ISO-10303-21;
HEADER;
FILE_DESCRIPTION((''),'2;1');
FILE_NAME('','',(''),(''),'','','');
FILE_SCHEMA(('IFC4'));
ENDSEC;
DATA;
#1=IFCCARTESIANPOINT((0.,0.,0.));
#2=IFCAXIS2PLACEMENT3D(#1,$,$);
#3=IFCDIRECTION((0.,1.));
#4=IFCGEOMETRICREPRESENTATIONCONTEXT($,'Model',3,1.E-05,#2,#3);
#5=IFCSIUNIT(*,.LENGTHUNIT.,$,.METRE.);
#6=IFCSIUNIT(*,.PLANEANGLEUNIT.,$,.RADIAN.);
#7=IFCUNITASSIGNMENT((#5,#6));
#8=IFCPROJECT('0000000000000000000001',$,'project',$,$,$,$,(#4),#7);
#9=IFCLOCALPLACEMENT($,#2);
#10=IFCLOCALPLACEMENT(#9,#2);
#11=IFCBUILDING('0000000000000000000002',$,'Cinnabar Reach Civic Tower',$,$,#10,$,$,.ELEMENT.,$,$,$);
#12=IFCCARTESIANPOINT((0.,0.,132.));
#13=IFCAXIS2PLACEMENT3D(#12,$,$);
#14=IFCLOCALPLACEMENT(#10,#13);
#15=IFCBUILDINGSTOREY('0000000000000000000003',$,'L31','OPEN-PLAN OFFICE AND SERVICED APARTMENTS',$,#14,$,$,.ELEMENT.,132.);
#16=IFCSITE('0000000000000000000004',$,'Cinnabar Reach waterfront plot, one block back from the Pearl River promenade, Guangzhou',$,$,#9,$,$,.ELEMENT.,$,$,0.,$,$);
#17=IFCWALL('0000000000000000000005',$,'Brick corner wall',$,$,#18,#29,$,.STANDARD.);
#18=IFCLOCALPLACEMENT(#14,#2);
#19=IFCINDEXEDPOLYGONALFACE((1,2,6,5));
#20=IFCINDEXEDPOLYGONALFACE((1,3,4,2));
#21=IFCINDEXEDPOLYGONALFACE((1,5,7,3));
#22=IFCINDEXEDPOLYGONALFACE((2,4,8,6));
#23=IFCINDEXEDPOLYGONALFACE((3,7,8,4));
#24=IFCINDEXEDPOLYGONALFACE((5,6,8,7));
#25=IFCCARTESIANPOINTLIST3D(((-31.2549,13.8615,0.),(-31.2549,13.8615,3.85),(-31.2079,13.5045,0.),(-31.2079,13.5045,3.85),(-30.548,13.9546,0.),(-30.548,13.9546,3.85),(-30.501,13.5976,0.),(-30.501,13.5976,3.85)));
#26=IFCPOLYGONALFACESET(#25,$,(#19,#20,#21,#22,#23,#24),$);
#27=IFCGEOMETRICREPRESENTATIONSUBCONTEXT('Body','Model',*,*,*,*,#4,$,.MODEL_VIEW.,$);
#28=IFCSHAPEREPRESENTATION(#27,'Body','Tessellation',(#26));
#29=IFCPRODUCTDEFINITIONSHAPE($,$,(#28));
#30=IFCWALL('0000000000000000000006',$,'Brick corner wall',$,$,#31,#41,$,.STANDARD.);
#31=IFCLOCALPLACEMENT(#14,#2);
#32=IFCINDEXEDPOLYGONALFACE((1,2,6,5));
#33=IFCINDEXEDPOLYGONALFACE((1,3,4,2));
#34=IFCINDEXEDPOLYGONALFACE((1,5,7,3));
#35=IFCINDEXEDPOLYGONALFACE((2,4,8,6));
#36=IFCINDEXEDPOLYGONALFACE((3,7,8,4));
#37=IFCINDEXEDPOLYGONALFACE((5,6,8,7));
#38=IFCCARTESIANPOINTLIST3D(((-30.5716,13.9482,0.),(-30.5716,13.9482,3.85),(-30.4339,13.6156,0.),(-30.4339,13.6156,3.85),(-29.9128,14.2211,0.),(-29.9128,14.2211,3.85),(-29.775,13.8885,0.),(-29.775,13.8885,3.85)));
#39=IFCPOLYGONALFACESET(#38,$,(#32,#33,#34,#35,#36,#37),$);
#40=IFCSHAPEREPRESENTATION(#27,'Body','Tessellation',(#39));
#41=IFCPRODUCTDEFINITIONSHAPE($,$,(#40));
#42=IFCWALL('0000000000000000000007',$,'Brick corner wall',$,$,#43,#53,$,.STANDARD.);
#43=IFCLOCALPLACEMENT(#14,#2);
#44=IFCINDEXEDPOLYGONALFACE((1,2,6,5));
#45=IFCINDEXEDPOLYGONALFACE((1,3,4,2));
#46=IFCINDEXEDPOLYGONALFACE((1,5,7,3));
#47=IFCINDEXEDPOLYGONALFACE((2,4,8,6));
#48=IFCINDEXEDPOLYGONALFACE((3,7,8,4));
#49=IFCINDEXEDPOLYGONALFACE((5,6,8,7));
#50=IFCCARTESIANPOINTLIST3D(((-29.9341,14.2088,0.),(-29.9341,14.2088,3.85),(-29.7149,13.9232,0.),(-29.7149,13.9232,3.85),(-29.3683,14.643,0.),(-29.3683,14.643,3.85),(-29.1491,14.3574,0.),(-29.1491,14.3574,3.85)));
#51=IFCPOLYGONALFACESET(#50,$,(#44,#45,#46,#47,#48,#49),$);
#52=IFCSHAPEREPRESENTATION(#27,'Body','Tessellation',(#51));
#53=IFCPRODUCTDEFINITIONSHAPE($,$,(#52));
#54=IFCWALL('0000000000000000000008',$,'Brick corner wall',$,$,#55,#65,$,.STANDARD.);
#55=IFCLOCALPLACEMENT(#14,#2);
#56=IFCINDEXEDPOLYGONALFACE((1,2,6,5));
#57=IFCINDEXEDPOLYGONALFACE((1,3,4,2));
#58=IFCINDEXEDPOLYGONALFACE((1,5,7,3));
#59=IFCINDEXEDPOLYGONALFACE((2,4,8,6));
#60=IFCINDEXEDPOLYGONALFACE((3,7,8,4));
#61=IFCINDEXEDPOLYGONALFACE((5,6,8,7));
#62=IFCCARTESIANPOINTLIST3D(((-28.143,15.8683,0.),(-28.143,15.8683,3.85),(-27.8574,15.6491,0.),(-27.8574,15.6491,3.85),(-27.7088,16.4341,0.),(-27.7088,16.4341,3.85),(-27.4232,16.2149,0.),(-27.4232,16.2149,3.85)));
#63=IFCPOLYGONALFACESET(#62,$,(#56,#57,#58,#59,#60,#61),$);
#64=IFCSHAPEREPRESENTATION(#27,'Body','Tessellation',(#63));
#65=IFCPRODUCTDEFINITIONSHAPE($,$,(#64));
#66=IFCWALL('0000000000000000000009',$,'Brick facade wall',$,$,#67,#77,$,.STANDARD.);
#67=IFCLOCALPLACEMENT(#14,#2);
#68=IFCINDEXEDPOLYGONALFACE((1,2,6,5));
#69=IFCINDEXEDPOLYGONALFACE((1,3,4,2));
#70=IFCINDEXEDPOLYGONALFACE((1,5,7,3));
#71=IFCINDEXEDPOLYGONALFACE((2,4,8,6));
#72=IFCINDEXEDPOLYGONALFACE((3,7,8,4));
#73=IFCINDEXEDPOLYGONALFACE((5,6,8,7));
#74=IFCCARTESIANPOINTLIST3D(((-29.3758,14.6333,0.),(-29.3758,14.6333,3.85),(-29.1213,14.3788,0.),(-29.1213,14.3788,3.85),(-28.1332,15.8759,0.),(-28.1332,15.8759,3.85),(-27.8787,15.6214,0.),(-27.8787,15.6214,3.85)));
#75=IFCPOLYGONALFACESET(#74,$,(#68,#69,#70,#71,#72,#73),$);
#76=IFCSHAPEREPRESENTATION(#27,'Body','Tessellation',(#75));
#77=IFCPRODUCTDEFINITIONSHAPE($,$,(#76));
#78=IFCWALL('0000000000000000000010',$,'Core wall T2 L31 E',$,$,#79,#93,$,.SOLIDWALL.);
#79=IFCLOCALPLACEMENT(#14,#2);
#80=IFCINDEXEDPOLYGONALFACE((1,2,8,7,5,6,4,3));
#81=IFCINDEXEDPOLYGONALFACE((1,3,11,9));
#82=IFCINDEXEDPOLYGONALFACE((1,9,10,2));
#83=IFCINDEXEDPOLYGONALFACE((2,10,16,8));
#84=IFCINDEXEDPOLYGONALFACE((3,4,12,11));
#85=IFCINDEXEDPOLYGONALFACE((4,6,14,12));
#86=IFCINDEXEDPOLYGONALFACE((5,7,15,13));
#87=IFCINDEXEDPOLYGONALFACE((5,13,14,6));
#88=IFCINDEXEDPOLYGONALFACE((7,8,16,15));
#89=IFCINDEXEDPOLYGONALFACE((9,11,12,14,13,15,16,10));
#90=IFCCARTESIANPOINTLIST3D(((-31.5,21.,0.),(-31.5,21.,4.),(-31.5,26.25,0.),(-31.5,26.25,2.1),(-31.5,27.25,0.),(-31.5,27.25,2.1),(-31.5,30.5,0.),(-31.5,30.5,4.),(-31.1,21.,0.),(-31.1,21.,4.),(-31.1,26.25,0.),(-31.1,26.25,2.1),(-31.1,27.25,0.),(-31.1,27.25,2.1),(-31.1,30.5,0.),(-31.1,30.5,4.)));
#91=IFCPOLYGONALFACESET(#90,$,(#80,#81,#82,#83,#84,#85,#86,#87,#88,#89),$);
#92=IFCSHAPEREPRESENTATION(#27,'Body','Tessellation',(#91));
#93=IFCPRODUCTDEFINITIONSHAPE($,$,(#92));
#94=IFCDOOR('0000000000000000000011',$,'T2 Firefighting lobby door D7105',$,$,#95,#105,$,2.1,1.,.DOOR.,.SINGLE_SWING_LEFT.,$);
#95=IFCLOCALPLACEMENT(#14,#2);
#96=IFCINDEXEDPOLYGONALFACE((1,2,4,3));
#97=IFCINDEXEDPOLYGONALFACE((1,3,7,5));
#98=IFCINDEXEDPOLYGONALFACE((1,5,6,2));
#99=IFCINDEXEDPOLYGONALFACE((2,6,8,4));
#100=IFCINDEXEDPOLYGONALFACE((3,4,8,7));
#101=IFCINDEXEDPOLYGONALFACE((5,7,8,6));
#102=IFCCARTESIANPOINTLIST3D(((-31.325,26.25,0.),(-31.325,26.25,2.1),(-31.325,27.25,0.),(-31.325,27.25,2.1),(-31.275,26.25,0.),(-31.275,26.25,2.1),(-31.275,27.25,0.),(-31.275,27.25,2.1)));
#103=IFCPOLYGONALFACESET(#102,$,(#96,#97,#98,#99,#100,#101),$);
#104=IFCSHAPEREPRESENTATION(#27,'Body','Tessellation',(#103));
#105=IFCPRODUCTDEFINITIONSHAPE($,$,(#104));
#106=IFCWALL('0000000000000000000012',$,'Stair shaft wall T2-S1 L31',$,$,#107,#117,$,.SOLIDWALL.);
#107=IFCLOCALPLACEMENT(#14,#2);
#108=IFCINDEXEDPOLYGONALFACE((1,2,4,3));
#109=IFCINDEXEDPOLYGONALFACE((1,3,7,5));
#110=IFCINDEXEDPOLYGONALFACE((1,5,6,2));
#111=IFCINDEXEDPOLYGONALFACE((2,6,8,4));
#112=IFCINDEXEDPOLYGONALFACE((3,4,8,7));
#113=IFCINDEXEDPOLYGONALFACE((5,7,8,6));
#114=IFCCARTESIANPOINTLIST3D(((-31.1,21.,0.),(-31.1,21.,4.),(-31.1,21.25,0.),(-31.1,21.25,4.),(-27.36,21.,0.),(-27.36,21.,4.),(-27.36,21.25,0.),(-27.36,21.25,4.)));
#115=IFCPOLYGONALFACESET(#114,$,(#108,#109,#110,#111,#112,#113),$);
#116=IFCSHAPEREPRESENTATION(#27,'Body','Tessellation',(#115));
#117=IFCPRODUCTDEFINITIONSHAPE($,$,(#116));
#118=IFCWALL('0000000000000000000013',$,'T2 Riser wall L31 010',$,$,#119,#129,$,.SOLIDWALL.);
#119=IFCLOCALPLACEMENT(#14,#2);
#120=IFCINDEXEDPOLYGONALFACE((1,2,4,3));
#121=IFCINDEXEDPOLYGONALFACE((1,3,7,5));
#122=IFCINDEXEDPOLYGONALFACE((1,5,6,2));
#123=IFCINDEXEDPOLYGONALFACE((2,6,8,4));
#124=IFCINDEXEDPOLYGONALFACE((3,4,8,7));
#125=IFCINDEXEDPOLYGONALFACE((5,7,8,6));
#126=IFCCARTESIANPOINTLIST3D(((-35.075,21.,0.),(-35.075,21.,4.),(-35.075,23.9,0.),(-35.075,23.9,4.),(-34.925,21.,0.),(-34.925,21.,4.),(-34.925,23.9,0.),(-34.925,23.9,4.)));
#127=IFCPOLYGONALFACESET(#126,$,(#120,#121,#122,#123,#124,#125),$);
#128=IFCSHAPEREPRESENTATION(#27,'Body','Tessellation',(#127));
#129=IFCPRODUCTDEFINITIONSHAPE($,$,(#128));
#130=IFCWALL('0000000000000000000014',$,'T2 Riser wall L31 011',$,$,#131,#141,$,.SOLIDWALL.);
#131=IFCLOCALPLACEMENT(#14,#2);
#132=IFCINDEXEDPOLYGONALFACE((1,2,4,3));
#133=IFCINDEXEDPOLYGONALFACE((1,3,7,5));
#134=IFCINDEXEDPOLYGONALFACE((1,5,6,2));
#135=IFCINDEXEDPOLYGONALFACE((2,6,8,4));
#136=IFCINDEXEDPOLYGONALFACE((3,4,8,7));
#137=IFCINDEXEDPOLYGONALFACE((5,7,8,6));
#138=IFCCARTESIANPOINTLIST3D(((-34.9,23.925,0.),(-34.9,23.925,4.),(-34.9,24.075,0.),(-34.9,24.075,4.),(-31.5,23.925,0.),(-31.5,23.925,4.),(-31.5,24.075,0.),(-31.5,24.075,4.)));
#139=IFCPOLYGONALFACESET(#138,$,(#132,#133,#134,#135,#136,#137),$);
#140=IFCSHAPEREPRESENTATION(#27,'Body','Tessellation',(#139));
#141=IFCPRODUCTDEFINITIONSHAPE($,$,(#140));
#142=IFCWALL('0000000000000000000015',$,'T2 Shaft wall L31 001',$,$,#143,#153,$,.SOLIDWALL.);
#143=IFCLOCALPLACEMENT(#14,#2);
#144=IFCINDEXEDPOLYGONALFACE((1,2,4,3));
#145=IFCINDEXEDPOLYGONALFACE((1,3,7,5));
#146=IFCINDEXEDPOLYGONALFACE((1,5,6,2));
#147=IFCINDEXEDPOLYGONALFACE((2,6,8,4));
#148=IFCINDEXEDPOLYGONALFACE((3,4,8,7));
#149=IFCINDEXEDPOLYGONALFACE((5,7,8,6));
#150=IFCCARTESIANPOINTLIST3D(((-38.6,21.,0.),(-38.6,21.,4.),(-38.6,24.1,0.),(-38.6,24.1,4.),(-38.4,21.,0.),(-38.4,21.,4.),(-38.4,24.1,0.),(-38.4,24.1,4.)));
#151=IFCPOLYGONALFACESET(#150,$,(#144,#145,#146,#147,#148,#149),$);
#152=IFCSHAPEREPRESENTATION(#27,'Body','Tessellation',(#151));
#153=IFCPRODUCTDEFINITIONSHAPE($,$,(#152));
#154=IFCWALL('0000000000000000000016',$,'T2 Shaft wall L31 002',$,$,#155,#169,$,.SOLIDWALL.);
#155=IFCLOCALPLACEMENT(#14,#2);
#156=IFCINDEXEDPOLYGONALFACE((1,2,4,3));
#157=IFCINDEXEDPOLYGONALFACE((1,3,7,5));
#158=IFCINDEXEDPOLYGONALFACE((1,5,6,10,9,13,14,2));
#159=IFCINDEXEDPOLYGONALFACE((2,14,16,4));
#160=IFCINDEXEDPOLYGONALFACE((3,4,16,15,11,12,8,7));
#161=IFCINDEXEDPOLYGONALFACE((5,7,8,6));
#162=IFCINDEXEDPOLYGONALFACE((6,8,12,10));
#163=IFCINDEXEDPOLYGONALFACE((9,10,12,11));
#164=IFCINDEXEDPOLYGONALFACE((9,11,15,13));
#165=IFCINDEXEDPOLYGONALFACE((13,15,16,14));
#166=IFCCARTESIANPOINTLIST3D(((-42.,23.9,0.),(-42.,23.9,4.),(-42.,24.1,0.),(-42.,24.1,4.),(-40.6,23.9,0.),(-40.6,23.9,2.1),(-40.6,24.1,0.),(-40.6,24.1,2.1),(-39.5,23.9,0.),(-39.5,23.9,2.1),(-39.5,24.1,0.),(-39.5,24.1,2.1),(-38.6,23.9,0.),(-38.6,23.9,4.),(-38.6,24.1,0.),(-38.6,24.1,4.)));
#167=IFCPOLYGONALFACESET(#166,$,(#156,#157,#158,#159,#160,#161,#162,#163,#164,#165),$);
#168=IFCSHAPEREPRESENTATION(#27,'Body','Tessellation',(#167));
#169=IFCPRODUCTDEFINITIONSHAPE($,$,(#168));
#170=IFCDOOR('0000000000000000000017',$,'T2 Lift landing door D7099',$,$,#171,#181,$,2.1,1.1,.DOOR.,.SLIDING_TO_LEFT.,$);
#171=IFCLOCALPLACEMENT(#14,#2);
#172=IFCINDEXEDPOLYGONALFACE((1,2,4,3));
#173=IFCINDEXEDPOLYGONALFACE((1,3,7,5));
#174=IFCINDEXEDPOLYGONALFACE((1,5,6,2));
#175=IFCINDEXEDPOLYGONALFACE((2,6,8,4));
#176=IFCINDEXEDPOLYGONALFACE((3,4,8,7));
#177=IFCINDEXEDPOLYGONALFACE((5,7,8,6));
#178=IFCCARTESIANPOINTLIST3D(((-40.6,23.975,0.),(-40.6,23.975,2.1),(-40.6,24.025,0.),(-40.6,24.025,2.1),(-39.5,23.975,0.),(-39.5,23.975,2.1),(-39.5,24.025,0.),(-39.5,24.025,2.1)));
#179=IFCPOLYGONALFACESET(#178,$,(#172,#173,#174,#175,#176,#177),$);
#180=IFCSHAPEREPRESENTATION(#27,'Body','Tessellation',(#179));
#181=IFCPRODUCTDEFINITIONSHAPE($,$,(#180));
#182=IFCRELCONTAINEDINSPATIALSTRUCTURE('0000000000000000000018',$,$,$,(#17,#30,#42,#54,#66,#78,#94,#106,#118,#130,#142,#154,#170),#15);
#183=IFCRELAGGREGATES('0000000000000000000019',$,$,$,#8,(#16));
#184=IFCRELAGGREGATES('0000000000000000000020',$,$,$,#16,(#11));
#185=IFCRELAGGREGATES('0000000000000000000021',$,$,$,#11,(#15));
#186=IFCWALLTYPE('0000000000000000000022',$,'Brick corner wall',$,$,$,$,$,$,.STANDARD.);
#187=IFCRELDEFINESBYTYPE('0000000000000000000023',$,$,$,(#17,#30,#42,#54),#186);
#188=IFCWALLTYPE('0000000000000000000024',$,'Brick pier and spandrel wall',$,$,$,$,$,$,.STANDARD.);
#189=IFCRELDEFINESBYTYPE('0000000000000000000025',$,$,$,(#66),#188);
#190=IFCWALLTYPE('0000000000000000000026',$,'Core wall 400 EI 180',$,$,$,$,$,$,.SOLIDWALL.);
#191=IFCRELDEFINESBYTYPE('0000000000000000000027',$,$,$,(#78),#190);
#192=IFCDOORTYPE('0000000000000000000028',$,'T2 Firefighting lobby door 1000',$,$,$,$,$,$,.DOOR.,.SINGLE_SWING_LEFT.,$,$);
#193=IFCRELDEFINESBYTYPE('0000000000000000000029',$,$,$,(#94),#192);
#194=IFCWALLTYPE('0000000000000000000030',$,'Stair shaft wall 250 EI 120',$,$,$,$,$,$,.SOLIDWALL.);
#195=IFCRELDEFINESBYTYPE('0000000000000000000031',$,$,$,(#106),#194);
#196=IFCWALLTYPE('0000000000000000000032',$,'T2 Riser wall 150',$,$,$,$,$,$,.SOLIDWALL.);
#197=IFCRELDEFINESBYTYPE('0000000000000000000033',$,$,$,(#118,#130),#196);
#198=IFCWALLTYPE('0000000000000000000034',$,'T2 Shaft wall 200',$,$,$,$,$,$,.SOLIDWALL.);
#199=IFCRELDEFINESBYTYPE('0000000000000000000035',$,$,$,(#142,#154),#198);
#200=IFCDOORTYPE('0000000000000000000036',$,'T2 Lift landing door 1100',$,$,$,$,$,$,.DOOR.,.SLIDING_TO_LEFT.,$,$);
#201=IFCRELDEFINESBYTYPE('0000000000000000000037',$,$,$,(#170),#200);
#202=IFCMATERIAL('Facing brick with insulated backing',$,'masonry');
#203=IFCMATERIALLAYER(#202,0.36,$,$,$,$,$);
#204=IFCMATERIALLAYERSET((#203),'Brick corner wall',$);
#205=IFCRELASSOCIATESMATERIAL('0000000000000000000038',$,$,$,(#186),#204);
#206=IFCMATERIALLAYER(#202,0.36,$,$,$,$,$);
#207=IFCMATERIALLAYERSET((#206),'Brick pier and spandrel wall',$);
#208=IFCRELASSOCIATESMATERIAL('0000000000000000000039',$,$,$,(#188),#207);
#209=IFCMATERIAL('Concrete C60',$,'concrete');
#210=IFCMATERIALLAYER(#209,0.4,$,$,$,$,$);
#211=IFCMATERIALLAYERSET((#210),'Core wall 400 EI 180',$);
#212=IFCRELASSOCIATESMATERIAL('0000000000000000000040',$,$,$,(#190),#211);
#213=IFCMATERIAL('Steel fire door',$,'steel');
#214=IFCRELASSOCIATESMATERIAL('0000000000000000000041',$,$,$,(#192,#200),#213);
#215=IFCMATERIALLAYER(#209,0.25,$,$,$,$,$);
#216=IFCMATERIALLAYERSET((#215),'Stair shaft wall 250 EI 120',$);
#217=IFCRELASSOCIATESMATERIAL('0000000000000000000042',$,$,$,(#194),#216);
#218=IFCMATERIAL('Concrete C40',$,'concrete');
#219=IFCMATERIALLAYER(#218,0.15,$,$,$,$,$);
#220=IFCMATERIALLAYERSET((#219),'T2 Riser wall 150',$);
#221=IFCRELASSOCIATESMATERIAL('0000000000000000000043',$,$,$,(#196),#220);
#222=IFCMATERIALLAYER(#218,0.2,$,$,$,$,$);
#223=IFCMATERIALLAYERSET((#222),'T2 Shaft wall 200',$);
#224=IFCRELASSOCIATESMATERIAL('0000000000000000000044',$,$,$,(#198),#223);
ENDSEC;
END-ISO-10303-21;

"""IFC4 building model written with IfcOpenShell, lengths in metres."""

from ifc_helpers import new_model, si_unit, direction, frame, frame_2d, origin, place, context, subcontext, project, spatial, rectangle, extrude, material, layer, layer_set, type_object, element, fill, save


model = new_model("IFC4")

# Units and contexts
model_context = context("Model", 3, precision=1e-05, world=origin(), true_north=direction((0.0, 1.0)))
body_context = subcontext(model_context, "Body", "Model", "MODEL_VIEW")
ifc_project = project(units=[si_unit("LENGTHUNIT", "METRE"), si_unit("PLANEANGLEUNIT", "RADIAN")], contexts=[model_context])

# Site, building, storey
site_placement = place(None, origin())
site = spatial("IfcSite", under=ifc_project, at=site_placement, Name="Cinnabar Reach waterfront plot, one block back from the Pearl River promenade, Guangzhou", CompositionType="ELEMENT", RefElevation=0.0)
building_placement = place(site_placement, origin())
building = spatial("IfcBuilding", under=site, at=building_placement, Name="Cinnabar Reach Civic Tower", CompositionType="ELEMENT")
storey_placement = place(building_placement, frame((0.0, 0.0, 132.0)))
storey = spatial("IfcBuildingStorey", under=building, at=storey_placement, Name="L31", Description="OPEN-PLAN OFFICE AND SERVICED APARTMENTS", CompositionType="ELEMENT", Elevation=132.0)

# Shared definitions
ifc_material_1 = material(Name="Concrete C60", Category="concrete")

# Walls
ifc_material_2 = material(Name="Facing brick with insulated backing", Category="masonry")
ifc_layer_1 = layer(ifc_material_2, 0.36)
ifc_layer_set_1 = layer_set([ifc_layer_1], Name="Brick corner wall")
wall_type_1 = type_object("IfcWallType", Name="Brick corner wall", PredefinedType="STANDARD", material=ifc_layer_set_1)
for number, where, z_axis, x_axis, name in (
    (1, (-31.2314, 13.683, 0.0), (0.0, 0.0, 1.0), (0.991441, 0.130556, 0.0), "Brick corner wall"),
    (2, (-30.5027, 13.7819, 0.0), (0.0, 0.0, 1.0), (0.923872, 0.382703, 0.0), "Brick corner wall"),
):
    element("IfcWall", number, at=place(storey_placement, frame(where, z_axis=z_axis, x_axis=x_axis)), inside=storey, type_object=wall_type_1, Name=name, PredefinedType="STANDARD", context=body_context, shape_type="SweptSolid", body=[
        extrude(rectangle(XDim=0.7131, YDim=0.36, at=frame_2d((0.3565, 0.0))), origin(), (0.0, 0.0, 1.0), 3.85),
    ])
for number, where, z_axis, x_axis, name in (
    (3, (-29.8245, 14.066, 0.0), (0.0, 0.0, 1.0), (0.793322, 0.608802, 0.0), "Brick corner wall"),
    (4, (-28.0002, 15.7587, 0.0), (0.0, 0.0, 1.0), (0.608802, 0.793322, 0.0), "Brick corner wall"),
):
    element("IfcWall", number, at=place(storey_placement, frame(where, z_axis=z_axis, x_axis=x_axis)), inside=storey, type_object=wall_type_1, Name=name, PredefinedType="STANDARD", context=body_context, shape_type="SweptSolid", body=[
        extrude(rectangle(XDim=0.7132, YDim=0.36, at=frame_2d((0.3566, 0.0))), origin(), (0.0, 0.0, 1.0), 3.85),
    ])
ifc_layer_2 = layer(ifc_material_2, 0.36)
ifc_layer_set_2 = layer_set([ifc_layer_2], Name="Brick pier and spandrel wall")
wall_type_2 = type_object("IfcWallType", Name="Brick pier and spandrel wall", PredefinedType="STANDARD", material=ifc_layer_set_2)
wall_1_placement = place(storey_placement, frame((-29.2486, 14.506, 0.0), z_axis=(0.0, 0.0, 1.0), x_axis=(0.707107, 0.707107, 0.0)))
element("IfcWall", 5, at=wall_1_placement, inside=storey, type_object=wall_type_2, Name="Brick facade wall", PredefinedType="STANDARD", context=body_context, shape_type="SweptSolid", body=[
    extrude(rectangle(XDim=1.7573, YDim=0.36, at=frame_2d((0.8787, 0.0))), origin(), (0.0, 0.0, 1.0), 3.85),
])

# Wall, opening, door
ifc_layer_3 = layer(ifc_material_1, 0.4)
ifc_layer_set_3 = layer_set([ifc_layer_3], Name="Core wall 400 EI 180")
wall_type_3 = type_object("IfcWallType", Name="Core wall 400 EI 180", PredefinedType="SOLIDWALL", material=ifc_layer_set_3)
wall_2_placement = place(storey_placement, frame((-31.3, 21.0, 0.0), z_axis=(0.0, 0.0, 1.0), x_axis=(0.0, 1.0, 0.0)))
wall_2 = element("IfcWall", 6, at=wall_2_placement, inside=storey, type_object=wall_type_3, Name="Core wall T2 L31 E", PredefinedType="SOLIDWALL", context=body_context, shape_type="SweptSolid", body=[
    extrude(rectangle(XDim=9.5, YDim=0.4, at=frame_2d((4.75, 0.0))), origin(), (0.0, 0.0, 1.0), 4.0),
])
opening_1_placement = place(wall_2_placement, frame((5.25, 0.0, 0.0)))
opening_1 = element("IfcOpeningElement", 7, at=opening_1_placement, cuts=wall_2, PredefinedType="OPENING", context=body_context, shape_type="SweptSolid", body=[
    extrude(rectangle(XDim=1.0, YDim=2.1, at=frame_2d((0.5, 1.05))), frame((0.0, 0.21, 0.0), z_axis=(0.0, -1.0, 0.0), x_axis=(1.0, 0.0, 0.0)), (0.0, 0.0, 1.0), 0.42),
])
ifc_material_3 = material(Name="Steel fire door", Category="steel")
door_type_1 = type_object("IfcDoorType", Name="T2 Firefighting lobby door 1000", OperationType="SINGLE_SWING_LEFT", PredefinedType="DOOR", material=ifc_material_3)
door_1_placement = place(opening_1_placement, frame((1.0, 0.0, 0.0), z_axis=(0.0, 0.0, 1.0), x_axis=(-1.0, 0.0, 0.0)))
door_1 = element("IfcDoor", 8, at=door_1_placement, inside=storey, type_object=door_type_1, Name="T2 Firefighting lobby door D7105", OperationType="SINGLE_SWING_LEFT", OverallHeight=2.1, OverallWidth=1.0, PredefinedType="DOOR", context=body_context, shape_type="SweptSolid", body=[
    extrude(rectangle(XDim=1.0, YDim=2.1, at=frame_2d((0.5, 1.05))), frame((0.0, 0.025, 0.0), z_axis=(0.0, -1.0, 0.0), x_axis=(1.0, 0.0, 0.0)), (0.0, 0.0, 1.0), 0.05),
])
fill(opening_1, door_1)

# Walls
ifc_layer_4 = layer(ifc_material_1, 0.25)
ifc_layer_set_4 = layer_set([ifc_layer_4], Name="Stair shaft wall 250 EI 120")
wall_type_4 = type_object("IfcWallType", Name="Stair shaft wall 250 EI 120", PredefinedType="SOLIDWALL", material=ifc_layer_set_4)
wall_3_placement = place(storey_placement, frame((-31.1, 21.125, 0.0), z_axis=(0.0, 0.0, 1.0), x_axis=(1.0, 0.0, 0.0)))
element("IfcWall", 9, at=wall_3_placement, inside=storey, type_object=wall_type_4, Name="Stair shaft wall T2-S1 L31", PredefinedType="SOLIDWALL", context=body_context, shape_type="SweptSolid", body=[
    extrude(rectangle(XDim=3.74, YDim=0.25, at=frame_2d((1.87, 0.0))), origin(), (0.0, 0.0, 1.0), 4.0),
])
ifc_material_4 = material(Name="Concrete C40", Category="concrete")
ifc_layer_5 = layer(ifc_material_4, 0.15)
ifc_layer_set_5 = layer_set([ifc_layer_5], Name="T2 Riser wall 150")
wall_type_5 = type_object("IfcWallType", Name="T2 Riser wall 150", PredefinedType="SOLIDWALL", material=ifc_layer_set_5)
wall_4_placement = place(storey_placement, frame((-35.0, 21.0, 0.0), z_axis=(0.0, 0.0, 1.0), x_axis=(0.0, 1.0, 0.0)))
element("IfcWall", 10, at=wall_4_placement, inside=storey, type_object=wall_type_5, Name="T2 Riser wall L31 010", PredefinedType="SOLIDWALL", context=body_context, shape_type="SweptSolid", body=[
    extrude(rectangle(XDim=2.9, YDim=0.15, at=frame_2d((1.45, 0.0))), origin(), (0.0, 0.0, 1.0), 4.0),
])
wall_5_placement = place(storey_placement, frame((-31.5, 24.0, 0.0), z_axis=(0.0, 0.0, 1.0), x_axis=(-1.0, 0.0, 0.0)))
element("IfcWall", 11, at=wall_5_placement, inside=storey, type_object=wall_type_5, Name="T2 Riser wall L31 011", PredefinedType="SOLIDWALL", context=body_context, shape_type="SweptSolid", body=[
    extrude(rectangle(XDim=3.4, YDim=0.15, at=frame_2d((1.7, 0.0))), origin(), (0.0, 0.0, 1.0), 4.0),
])
ifc_layer_6 = layer(ifc_material_4, 0.2)
ifc_layer_set_6 = layer_set([ifc_layer_6], Name="T2 Shaft wall 200")
wall_type_6 = type_object("IfcWallType", Name="T2 Shaft wall 200", PredefinedType="SOLIDWALL", material=ifc_layer_set_6)
wall_6_placement = place(storey_placement, frame((-38.5, 21.0, 0.0), z_axis=(0.0, 0.0, 1.0), x_axis=(0.0, 1.0, 0.0)))
element("IfcWall", 12, at=wall_6_placement, inside=storey, type_object=wall_type_6, Name="T2 Shaft wall L31 001", PredefinedType="SOLIDWALL", context=body_context, shape_type="SweptSolid", body=[
    extrude(rectangle(XDim=3.1, YDim=0.2, at=frame_2d((1.55, 0.0))), origin(), (0.0, 0.0, 1.0), 4.0),
])

# Wall, opening, door
wall_7_placement = place(storey_placement, frame((-38.6, 24.0, 0.0), z_axis=(0.0, 0.0, 1.0), x_axis=(-1.0, 0.0, 0.0)))
wall_7 = element("IfcWall", 13, at=wall_7_placement, inside=storey, type_object=wall_type_6, Name="T2 Shaft wall L31 002", PredefinedType="SOLIDWALL", context=body_context, shape_type="SweptSolid", body=[
    extrude(rectangle(XDim=3.4, YDim=0.2, at=frame_2d((1.7, 0.0))), origin(), (0.0, 0.0, 1.0), 4.0),
])
opening_2_placement = place(wall_7_placement, frame((0.9, 0.0, 0.0)))
opening_2 = element("IfcOpeningElement", 14, at=opening_2_placement, cuts=wall_7, PredefinedType="OPENING", context=body_context, shape_type="SweptSolid", body=[
    extrude(rectangle(XDim=1.1, YDim=2.1, at=frame_2d((0.55, 1.05))), frame((0.0, 0.11, 0.0), z_axis=(0.0, -1.0, 0.0), x_axis=(1.0, 0.0, 0.0)), (0.0, 0.0, 1.0), 0.22),
])
door_type_2 = type_object("IfcDoorType", Name="T2 Lift landing door 1100", OperationType="SLIDING_TO_LEFT", PredefinedType="DOOR", material=ifc_material_3)
door_2_placement = place(opening_2_placement, origin())
door_2 = element("IfcDoor", 15, at=door_2_placement, inside=storey, type_object=door_type_2, Name="T2 Lift landing door D7099", OperationType="SLIDING_TO_LEFT", OverallHeight=2.1, OverallWidth=1.1, PredefinedType="DOOR", context=body_context, shape_type="SweptSolid", body=[
    extrude(rectangle(XDim=1.1, YDim=2.1, at=frame_2d((0.55, 1.05))), frame((0.0, 0.025, 0.0), z_axis=(0.0, -1.0, 0.0), x_axis=(1.0, 0.0, 0.0)), (0.0, 0.0, 1.0), 0.05),
])
fill(opening_2, door_2)

save(model, "model.ifc")
